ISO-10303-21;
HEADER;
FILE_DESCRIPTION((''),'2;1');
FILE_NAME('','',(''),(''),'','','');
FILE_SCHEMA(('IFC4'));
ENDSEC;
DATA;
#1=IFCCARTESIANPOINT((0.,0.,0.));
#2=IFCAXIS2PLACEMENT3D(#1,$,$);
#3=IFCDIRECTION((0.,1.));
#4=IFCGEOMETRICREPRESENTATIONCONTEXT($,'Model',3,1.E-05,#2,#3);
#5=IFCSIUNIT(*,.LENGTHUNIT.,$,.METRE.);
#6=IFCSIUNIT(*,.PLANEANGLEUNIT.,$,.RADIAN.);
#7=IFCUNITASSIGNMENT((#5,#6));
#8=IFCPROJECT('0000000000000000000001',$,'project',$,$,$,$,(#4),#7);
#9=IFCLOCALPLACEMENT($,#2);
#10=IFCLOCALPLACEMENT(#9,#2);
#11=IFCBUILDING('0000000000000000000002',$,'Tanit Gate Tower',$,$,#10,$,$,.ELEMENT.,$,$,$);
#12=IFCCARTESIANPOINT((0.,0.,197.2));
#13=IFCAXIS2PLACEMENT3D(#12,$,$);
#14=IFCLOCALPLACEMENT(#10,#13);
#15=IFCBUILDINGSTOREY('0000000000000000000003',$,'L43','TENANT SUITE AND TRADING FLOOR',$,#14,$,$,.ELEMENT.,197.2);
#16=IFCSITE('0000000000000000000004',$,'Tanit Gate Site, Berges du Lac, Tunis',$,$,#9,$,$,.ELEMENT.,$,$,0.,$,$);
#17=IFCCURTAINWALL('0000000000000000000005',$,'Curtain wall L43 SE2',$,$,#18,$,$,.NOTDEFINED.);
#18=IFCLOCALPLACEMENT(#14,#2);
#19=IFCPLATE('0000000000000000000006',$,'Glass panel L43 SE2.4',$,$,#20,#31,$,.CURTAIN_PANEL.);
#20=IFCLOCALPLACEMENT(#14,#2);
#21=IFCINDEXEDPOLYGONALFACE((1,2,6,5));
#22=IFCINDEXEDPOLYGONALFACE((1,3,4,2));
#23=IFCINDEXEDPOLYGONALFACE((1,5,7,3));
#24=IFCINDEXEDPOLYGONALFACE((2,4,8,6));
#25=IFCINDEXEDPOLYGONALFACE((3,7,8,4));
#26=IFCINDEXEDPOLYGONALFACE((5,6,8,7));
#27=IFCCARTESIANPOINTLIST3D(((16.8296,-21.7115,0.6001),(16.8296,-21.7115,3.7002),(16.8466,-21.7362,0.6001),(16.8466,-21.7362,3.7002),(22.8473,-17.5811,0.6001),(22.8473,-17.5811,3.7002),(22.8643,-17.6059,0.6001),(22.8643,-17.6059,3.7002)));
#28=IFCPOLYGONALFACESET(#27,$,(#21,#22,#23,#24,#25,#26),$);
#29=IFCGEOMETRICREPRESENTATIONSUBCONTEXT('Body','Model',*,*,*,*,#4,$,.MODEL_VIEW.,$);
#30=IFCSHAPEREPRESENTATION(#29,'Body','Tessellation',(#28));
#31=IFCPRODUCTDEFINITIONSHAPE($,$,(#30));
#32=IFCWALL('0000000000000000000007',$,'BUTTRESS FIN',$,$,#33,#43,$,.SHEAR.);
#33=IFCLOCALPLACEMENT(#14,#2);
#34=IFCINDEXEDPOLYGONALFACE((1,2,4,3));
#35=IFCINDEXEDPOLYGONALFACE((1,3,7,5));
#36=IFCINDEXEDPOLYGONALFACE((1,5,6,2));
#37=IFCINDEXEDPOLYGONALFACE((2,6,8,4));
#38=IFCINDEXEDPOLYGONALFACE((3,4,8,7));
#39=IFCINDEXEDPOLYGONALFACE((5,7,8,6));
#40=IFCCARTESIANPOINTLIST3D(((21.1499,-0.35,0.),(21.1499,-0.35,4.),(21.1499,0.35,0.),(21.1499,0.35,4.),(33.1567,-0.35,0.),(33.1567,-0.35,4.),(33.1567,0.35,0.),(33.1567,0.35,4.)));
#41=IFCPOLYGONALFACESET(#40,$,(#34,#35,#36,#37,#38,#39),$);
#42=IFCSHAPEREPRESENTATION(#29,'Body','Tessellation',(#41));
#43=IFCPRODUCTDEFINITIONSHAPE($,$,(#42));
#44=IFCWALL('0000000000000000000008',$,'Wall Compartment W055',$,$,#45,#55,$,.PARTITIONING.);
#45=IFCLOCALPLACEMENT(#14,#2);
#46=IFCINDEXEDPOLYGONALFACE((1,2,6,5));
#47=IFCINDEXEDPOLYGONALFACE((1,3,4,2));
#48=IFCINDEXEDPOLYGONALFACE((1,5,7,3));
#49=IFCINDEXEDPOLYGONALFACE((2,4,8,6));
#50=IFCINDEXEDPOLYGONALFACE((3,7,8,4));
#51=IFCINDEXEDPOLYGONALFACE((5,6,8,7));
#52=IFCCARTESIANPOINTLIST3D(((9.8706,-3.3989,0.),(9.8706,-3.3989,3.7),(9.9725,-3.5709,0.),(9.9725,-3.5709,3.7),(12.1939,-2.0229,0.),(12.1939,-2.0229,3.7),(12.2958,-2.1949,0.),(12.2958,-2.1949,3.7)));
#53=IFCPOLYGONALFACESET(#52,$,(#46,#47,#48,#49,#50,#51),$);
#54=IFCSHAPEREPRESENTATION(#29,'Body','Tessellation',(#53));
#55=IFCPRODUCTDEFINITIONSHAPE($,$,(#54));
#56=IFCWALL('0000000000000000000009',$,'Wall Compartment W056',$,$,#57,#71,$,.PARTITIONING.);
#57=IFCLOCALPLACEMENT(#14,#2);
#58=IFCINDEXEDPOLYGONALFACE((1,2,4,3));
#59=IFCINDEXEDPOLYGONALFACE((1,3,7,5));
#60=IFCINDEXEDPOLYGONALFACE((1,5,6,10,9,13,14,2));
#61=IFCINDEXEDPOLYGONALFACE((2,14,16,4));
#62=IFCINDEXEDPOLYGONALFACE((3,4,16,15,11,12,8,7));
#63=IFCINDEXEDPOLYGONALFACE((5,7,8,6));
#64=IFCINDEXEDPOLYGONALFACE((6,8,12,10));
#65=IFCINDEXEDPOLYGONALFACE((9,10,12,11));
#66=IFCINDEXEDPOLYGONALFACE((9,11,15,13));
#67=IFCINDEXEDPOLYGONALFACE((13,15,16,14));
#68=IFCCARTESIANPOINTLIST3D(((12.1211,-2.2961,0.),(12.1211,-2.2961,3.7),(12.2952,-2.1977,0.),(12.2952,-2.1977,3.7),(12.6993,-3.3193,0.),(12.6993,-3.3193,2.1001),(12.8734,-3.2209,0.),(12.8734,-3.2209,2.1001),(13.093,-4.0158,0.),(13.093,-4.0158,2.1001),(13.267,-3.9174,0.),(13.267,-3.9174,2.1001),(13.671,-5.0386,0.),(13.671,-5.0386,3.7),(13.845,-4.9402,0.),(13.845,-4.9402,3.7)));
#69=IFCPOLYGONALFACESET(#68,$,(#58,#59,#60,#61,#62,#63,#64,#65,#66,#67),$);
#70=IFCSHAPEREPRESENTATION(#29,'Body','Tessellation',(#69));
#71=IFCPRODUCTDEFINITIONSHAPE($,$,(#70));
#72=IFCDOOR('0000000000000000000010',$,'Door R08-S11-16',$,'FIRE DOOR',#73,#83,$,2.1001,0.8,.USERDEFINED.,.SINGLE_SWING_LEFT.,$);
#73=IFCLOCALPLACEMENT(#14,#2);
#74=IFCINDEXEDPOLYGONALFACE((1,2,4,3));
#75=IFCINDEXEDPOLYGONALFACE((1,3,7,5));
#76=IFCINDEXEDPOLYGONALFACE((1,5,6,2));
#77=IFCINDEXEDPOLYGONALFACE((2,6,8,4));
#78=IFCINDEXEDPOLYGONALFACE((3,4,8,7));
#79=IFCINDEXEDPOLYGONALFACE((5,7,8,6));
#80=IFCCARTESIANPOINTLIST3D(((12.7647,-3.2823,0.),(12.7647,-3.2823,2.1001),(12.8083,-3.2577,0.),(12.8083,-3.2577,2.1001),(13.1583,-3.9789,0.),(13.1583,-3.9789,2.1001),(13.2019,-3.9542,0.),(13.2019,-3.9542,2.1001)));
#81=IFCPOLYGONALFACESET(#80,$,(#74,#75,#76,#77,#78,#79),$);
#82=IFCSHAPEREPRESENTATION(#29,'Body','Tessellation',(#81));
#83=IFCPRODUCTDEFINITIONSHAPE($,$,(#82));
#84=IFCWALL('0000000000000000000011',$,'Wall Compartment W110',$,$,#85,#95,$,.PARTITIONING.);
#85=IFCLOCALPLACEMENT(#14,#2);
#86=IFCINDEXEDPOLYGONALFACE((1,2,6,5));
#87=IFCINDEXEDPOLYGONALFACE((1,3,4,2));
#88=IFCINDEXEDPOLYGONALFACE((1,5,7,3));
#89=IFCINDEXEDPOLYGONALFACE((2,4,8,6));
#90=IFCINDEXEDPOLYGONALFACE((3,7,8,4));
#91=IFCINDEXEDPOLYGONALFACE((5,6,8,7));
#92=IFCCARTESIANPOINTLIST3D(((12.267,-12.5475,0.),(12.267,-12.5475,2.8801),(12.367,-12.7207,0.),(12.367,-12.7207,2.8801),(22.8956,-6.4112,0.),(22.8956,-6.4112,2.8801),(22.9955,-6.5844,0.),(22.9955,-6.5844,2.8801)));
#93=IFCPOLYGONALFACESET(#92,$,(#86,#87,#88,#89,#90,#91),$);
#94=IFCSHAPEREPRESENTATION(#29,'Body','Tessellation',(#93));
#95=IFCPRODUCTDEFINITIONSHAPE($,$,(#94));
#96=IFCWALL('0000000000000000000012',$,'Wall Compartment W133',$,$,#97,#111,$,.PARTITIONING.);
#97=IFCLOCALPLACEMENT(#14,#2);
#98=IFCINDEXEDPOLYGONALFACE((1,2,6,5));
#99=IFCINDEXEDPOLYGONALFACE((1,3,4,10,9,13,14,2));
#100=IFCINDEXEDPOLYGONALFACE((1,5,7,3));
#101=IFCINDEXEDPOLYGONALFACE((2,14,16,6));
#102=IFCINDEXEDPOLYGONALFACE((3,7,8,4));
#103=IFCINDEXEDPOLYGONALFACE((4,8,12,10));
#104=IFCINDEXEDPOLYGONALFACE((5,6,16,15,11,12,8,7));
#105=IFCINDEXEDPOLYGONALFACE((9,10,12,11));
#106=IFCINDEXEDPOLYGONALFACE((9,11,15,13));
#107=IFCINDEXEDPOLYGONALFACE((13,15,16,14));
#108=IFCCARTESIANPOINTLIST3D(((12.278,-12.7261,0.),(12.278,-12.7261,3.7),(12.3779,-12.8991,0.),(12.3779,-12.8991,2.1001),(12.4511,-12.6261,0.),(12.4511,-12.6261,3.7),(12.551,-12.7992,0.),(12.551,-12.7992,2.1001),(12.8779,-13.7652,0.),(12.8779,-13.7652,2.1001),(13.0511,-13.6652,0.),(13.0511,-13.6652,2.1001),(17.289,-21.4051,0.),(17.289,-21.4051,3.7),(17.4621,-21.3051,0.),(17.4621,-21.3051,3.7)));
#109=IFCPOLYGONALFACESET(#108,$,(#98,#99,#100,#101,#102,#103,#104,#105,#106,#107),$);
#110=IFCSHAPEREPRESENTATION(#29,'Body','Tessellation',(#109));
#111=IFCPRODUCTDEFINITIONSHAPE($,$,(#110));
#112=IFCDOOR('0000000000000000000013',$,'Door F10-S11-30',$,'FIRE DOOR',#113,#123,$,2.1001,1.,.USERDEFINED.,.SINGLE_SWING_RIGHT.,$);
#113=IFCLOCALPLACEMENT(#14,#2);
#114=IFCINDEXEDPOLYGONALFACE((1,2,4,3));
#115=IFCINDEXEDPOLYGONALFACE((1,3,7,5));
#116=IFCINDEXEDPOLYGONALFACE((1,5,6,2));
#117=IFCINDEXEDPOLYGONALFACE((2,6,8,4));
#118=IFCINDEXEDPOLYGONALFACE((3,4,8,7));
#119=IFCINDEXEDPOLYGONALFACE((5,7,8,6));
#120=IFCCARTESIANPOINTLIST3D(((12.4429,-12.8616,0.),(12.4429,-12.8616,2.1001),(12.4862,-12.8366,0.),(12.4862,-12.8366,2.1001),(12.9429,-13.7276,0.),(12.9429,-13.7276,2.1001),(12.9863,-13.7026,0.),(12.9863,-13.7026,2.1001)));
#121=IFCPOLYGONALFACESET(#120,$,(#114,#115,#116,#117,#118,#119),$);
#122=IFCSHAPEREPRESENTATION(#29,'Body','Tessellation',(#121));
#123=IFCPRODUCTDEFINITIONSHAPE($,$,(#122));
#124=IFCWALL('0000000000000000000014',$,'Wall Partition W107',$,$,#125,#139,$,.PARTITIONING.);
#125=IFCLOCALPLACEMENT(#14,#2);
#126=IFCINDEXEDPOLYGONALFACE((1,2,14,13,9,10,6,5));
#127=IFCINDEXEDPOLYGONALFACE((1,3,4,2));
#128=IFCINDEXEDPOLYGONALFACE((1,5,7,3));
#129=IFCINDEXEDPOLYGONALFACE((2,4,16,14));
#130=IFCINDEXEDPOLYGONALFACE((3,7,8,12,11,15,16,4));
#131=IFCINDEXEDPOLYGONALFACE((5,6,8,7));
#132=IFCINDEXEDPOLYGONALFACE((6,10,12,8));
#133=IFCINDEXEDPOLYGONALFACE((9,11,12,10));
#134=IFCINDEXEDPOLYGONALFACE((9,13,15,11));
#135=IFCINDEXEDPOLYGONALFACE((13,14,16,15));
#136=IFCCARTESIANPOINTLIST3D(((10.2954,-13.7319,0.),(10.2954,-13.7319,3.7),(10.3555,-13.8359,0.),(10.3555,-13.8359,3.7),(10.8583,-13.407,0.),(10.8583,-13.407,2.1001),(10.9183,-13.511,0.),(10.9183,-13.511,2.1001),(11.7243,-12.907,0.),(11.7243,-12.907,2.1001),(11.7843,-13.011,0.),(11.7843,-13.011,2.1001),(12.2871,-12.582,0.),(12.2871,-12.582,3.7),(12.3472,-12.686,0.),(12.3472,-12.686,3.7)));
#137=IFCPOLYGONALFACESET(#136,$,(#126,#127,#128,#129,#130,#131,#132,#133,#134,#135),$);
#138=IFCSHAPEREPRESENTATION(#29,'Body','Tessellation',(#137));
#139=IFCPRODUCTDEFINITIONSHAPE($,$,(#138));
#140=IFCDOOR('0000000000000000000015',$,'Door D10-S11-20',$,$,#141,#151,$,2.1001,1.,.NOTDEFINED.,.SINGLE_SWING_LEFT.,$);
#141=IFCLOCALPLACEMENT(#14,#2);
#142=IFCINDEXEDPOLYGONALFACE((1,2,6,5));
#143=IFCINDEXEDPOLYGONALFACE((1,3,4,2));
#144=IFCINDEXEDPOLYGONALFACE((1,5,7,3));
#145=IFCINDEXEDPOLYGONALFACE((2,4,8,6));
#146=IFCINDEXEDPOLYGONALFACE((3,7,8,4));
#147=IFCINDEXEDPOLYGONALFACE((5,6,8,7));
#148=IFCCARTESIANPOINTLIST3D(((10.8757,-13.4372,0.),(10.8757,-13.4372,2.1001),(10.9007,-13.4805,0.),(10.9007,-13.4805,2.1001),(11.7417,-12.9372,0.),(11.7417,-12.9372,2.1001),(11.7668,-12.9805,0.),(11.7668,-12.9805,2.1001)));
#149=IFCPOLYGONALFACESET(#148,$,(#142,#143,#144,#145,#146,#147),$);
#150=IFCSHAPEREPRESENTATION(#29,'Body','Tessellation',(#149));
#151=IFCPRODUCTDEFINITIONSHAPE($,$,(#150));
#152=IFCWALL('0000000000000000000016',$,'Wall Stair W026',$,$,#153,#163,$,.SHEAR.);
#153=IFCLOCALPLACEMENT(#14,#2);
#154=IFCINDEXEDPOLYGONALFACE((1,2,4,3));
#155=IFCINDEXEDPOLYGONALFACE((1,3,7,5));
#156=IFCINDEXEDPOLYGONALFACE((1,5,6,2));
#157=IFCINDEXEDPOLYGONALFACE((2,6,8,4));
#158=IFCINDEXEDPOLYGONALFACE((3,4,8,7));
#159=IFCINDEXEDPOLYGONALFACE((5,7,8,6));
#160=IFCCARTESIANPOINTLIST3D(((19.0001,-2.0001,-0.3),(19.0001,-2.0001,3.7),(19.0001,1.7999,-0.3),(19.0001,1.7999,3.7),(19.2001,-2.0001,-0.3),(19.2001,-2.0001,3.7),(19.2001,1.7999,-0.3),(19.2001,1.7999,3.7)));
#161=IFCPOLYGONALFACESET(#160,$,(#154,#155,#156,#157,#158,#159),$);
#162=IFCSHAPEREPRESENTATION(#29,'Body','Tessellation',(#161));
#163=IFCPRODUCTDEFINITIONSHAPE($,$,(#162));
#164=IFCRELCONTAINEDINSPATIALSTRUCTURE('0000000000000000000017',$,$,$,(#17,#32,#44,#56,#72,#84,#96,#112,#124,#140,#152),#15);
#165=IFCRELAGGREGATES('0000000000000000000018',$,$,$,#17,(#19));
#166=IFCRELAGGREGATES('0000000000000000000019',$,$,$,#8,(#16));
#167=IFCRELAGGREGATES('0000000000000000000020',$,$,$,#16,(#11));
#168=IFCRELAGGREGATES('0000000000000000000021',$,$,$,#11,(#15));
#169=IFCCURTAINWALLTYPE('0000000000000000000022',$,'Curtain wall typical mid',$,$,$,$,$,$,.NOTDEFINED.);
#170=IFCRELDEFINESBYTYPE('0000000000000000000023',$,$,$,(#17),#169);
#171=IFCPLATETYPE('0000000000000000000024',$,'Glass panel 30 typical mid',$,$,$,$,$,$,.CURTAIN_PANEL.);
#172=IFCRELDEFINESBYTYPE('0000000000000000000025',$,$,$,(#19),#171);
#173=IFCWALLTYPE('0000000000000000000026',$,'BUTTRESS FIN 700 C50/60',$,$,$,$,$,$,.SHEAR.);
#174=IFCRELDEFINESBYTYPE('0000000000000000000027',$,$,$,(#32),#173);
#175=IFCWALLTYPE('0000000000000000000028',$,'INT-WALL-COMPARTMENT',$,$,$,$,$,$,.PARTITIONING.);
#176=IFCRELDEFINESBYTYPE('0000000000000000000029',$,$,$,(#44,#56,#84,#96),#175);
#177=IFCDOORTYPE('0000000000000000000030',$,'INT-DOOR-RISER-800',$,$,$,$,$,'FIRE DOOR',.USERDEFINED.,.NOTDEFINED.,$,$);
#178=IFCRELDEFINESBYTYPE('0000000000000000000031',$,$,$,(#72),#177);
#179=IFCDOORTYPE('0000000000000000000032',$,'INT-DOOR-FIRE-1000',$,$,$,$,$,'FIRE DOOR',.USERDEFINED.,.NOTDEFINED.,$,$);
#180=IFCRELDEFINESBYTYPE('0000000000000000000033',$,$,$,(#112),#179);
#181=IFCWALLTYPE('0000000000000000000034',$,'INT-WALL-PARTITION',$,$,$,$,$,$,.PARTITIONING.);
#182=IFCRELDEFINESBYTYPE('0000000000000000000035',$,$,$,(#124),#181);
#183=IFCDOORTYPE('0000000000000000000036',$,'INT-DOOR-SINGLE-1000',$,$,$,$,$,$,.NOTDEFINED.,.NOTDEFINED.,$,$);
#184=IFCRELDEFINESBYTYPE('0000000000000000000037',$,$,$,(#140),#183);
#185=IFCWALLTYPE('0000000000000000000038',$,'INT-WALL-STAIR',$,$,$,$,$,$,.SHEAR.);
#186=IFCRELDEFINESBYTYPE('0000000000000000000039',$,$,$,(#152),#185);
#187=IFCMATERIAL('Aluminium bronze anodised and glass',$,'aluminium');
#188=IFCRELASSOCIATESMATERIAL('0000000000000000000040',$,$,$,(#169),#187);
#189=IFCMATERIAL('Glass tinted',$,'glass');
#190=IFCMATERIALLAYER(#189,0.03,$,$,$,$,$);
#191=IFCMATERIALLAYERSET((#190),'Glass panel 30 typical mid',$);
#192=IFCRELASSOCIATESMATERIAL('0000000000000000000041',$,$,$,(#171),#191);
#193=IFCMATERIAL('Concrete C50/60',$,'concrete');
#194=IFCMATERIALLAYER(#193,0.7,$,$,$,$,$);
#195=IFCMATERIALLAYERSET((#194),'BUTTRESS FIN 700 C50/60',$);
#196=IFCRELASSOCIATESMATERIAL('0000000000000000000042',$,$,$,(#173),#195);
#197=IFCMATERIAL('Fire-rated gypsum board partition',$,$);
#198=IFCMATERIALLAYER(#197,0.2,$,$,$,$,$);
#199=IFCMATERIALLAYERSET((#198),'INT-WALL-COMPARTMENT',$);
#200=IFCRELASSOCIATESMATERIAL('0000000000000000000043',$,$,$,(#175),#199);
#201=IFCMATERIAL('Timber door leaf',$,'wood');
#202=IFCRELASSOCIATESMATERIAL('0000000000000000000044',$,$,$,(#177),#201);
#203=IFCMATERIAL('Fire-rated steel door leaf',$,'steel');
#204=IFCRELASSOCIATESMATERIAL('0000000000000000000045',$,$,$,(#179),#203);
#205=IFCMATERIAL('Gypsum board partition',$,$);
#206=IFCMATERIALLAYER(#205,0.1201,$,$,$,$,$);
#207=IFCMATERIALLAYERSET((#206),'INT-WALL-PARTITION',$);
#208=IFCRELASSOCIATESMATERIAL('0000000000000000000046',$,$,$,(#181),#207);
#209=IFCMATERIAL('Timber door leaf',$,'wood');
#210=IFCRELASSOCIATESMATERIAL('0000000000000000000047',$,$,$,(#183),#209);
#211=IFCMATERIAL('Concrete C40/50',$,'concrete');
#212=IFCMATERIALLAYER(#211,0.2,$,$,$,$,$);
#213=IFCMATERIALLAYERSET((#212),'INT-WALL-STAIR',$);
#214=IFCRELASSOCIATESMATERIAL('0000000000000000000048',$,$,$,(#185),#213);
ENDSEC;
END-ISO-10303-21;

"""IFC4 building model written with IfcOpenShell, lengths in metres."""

from ifc_helpers import new_model, si_unit, direction, frame, frame_2d, origin, origin_2d, place, context, subcontext, project, spatial, rectangle, extrude, material, layer, layer_set, type_object, element, fill, aggregate, save


model = new_model("IFC4")

# Units and contexts
model_context = context("Model", 3, precision=1e-05, world=origin(), true_north=direction((0.0, 1.0)))
body_context = subcontext(model_context, "Body", "Model", "MODEL_VIEW")
ifc_project = project(units=[si_unit("LENGTHUNIT", "METRE"), si_unit("PLANEANGLEUNIT", "RADIAN")], contexts=[model_context])

# Site, building, storey
site_placement = place(None, origin())
site = spatial("IfcSite", under=ifc_project, at=site_placement, Name="Tanit Gate Site, Berges du Lac, Tunis", CompositionType="ELEMENT", RefElevation=0.0)
building_placement = place(site_placement, origin())
building = spatial("IfcBuilding", under=site, at=building_placement, Name="Tanit Gate Tower", CompositionType="ELEMENT")
storey_placement = place(building_placement, frame((0.0, 0.0, 197.2)))
storey = spatial("IfcBuildingStorey", under=building, at=storey_placement, Name="L43", Description="TENANT SUITE AND TRADING FLOOR", CompositionType="ELEMENT", Elevation=197.2)

# Curtain wall
ifc_material_1 = material(Name="Aluminium bronze anodised and glass", Category="aluminium")
curtain_wall_type = type_object("IfcCurtainWallType", Name="Curtain wall typical mid", PredefinedType="NOTDEFINED", material=ifc_material_1)
curtain_wall_placement = place(storey_placement, origin())
curtain_wall = element("IfcCurtainWall", 1, at=curtain_wall_placement, inside=storey, type_object=curtain_wall_type, Name="Curtain wall L43 SE2", PredefinedType="NOTDEFINED")

# Plate
ifc_material_2 = material(Name="Glass tinted", Category="glass")
ifc_layer_1 = layer(ifc_material_2, 0.03)
ifc_layer_set_1 = layer_set([ifc_layer_1], Name="Glass panel 30 typical mid")
plate_type = type_object("IfcPlateType", Name="Glass panel 30 typical mid", PredefinedType="CURTAIN_PANEL", material=ifc_layer_set_1)
plate_1_placement = place(storey_placement, frame((19.8469, -19.6587, 0.6001), z_axis=(0.0, 0.0, 1.0), x_axis=(0.824479, 0.565893, 0.0)))
plate_1 = element("IfcPlate", 2, at=plate_1_placement, type_object=plate_type, Name="Glass panel L43 SE2.4", PredefinedType="CURTAIN_PANEL", context=body_context, shape_type="SweptSolid", body=[
    extrude(rectangle(XDim=7.2988, YDim=0.03, at=origin_2d()), origin(), (0.0, 0.0, 1.0), 3.1001),
])
aggregate(curtain_wall, [plate_1])

# Walls
ifc_material_3 = material(Name="Concrete C50/60", Category="concrete")
ifc_layer_2 = layer(ifc_material_3, 0.7)
ifc_layer_set_2 = layer_set([ifc_layer_2], Name="BUTTRESS FIN 700 C50/60")
wall_type_1 = type_object("IfcWallType", Name="BUTTRESS FIN 700 C50/60", PredefinedType="SHEAR", material=ifc_layer_set_2)
wall_1_placement = place(storey_placement, frame((21.1499, 0.0, 0.0), z_axis=(0.0, 0.0, 1.0), x_axis=(1.0, 0.0, 0.0)))
element("IfcWall", 3, at=wall_1_placement, inside=storey, type_object=wall_type_1, Name="BUTTRESS FIN", PredefinedType="SHEAR", context=body_context, shape_type="SweptSolid", body=[
    extrude(rectangle(XDim=12.0068, YDim=0.7, at=frame_2d((6.0034, 0.0))), origin(), (0.0, 0.0, 1.0), 4.0),
])
ifc_material_4 = material(Name="Fire-rated gypsum board partition")
ifc_layer_3 = layer(ifc_material_4, 0.2)
ifc_layer_set_3 = layer_set([ifc_layer_3], Name="INT-WALL-COMPARTMENT")
wall_type_2 = type_object("IfcWallType", Name="INT-WALL-COMPARTMENT", PredefinedType="PARTITIONING", material=ifc_layer_set_3)
wall_2_placement = place(storey_placement, frame((12.2449, -2.1089, 0.0), z_axis=(0.0, 0.0, 1.0), x_axis=(-0.860415, -0.509594, 0.0)))
element("IfcWall", 4, at=wall_2_placement, inside=storey, type_object=wall_type_2, Name="Wall Compartment W055", PredefinedType="PARTITIONING", context=body_context, shape_type="SweptSolid", body=[
    extrude(rectangle(XDim=2.7002, YDim=0.2, at=frame_2d((1.3501, 0.0))), origin(), (0.0, 0.0, 1.0), 3.7),
])

# Wall, opening, door
wall_3_placement = place(storey_placement, frame((13.7581, -4.9895, 0.0), z_axis=(0.0, 0.0, 1.0), x_axis=(-0.491993, 0.870599, 0.0)))
wall_3 = element("IfcWall", 5, at=wall_3_placement, inside=storey, type_object=wall_type_2, Name="Wall Compartment W056", PredefinedType="PARTITIONING", context=body_context, shape_type="SweptSolid", body=[
    extrude(rectangle(XDim=3.1501, YDim=0.2, at=frame_2d((1.5752, 0.0))), origin(), (0.0, 0.0, 1.0), 3.7),
])
opening_1_placement = place(wall_3_placement, frame((1.175, 0.0, 0.0)))
opening_1 = element("IfcOpeningElement", 6, at=opening_1_placement, cuts=wall_3, PredefinedType="OPENING", context=body_context, shape_type="SweptSolid", body=[
    extrude(rectangle(XDim=0.8, YDim=2.1001, at=frame_2d((0.3999, 1.05))), frame((0.0, 0.1099, 0.0), z_axis=(0.0, -1.0, 0.0), x_axis=(1.0, 0.0, 0.0)), (0.0, 0.0, 1.0), 0.22),
])
ifc_material_5 = material(Name="Timber door leaf", Category="wood")
door_type_1 = type_object("IfcDoorType", Name="INT-DOOR-RISER-800", ElementType="FIRE DOOR", OperationType="NOTDEFINED", PredefinedType="USERDEFINED", material=ifc_material_5)
door_1_placement = place(opening_1_placement, origin())
door_1 = element("IfcDoor", 7, at=door_1_placement, inside=storey, type_object=door_type_1, Name="Door R08-S11-16", ObjectType="FIRE DOOR", OperationType="SINGLE_SWING_LEFT", OverallHeight=2.1001, OverallWidth=0.8, PredefinedType="USERDEFINED", context=body_context, shape_type="SweptSolid", body=[
    extrude(rectangle(XDim=0.8, YDim=2.1001, at=frame_2d((0.3999, 1.05))), frame((0.0, 0.0249, 0.0), z_axis=(0.0, -1.0, 0.0), x_axis=(1.0, 0.0, 0.0)), (0.0, 0.0, 1.0), 0.05),
])
fill(opening_1, door_1)

# Wall
wall_4_placement = place(storey_placement, frame((12.3171, -12.634, 0.0), z_axis=(0.0, 0.0, 1.0), x_axis=(0.866029, 0.499995, 0.0)))
element("IfcWall", 8, at=wall_4_placement, inside=storey, type_object=wall_type_2, Name="Wall Compartment W110", PredefinedType="PARTITIONING", context=body_context, shape_type="SweptSolid", body=[
    extrude(rectangle(XDim=12.2727, YDim=0.2, at=frame_2d((6.1362, 0.0))), origin(), (0.0, 0.0, 1.0), 2.8801),
])

# Walls, openings, doors
wall_5_placement = place(storey_placement, frame((17.3755, -21.355, 0.0), z_axis=(0.0, 0.0, 1.0), x_axis=(-0.500014, 0.866017, 0.0)))
wall_5 = element("IfcWall", 9, at=wall_5_placement, inside=storey, type_object=wall_type_2, Name="Wall Compartment W133", PredefinedType="PARTITIONING", context=body_context, shape_type="SweptSolid", body=[
    extrude(rectangle(XDim=10.0217, YDim=0.2, at=frame_2d((5.0107, 0.0))), origin(), (0.0, 0.0, 1.0), 3.7),
])
opening_2_placement = place(wall_5_placement, frame((8.8218, 0.0, 0.0)))
opening_2 = element("IfcOpeningElement", 10, at=opening_2_placement, cuts=wall_5, PredefinedType="OPENING", context=body_context, shape_type="SweptSolid", body=[
    extrude(rectangle(XDim=1.0, YDim=2.1001, at=frame_2d((0.5, 1.05))), frame((0.0, 0.1099, 0.0), z_axis=(0.0, -1.0, 0.0), x_axis=(1.0, 0.0, 0.0)), (0.0, 0.0, 1.0), 0.22),
])
ifc_material_6 = material(Name="Fire-rated steel door leaf", Category="steel")
door_type_2 = type_object("IfcDoorType", Name="INT-DOOR-FIRE-1000", ElementType="FIRE DOOR", OperationType="NOTDEFINED", PredefinedType="USERDEFINED", material=ifc_material_6)
door_2_placement = place(opening_2_placement, origin())
door_2 = element("IfcDoor", 11, at=door_2_placement, inside=storey, type_object=door_type_2, Name="Door F10-S11-30", ObjectType="FIRE DOOR", OperationType="SINGLE_SWING_RIGHT", OverallHeight=2.1001, OverallWidth=1.0, PredefinedType="USERDEFINED", context=body_context, shape_type="SweptSolid", body=[
    extrude(rectangle(XDim=1.0, YDim=2.1001, at=frame_2d((0.5, 1.05))), frame((0.0, 0.0249, 0.0), z_axis=(0.0, -1.0, 0.0), x_axis=(1.0, 0.0, 0.0)), (0.0, 0.0, 1.0), 0.05),
])
fill(opening_2, door_2)
ifc_material_7 = material(Name="Gypsum board partition")
ifc_layer_4 = layer(ifc_material_7, 0.1201)
ifc_layer_set_4 = layer_set([ifc_layer_4], Name="INT-WALL-PARTITION")
wall_type_3 = type_object("IfcWallType", Name="INT-WALL-PARTITION", PredefinedType="PARTITIONING", material=ifc_layer_set_4)
wall_6_placement = place(storey_placement, frame((12.3171, -12.634, 0.0), z_axis=(0.0, 0.0, 1.0), x_axis=(-0.866026, -0.499998, 0.0)))
wall_6 = element("IfcWall", 12, at=wall_6_placement, inside=storey, type_object=wall_type_3, Name="Wall Partition W107", PredefinedType="PARTITIONING", context=body_context, shape_type="SweptSolid", body=[
    extrude(rectangle(XDim=2.2998, YDim=0.1201, at=frame_2d((1.1499, 0.0))), origin(), (0.0, 0.0, 1.0), 3.7),
])
opening_3_placement = place(wall_6_placement, frame((0.6499, 0.0, 0.0)))
opening_3 = element("IfcOpeningElement", 13, at=opening_3_placement, cuts=wall_6, PredefinedType="OPENING", context=body_context, shape_type="SweptSolid", body=[
    extrude(rectangle(XDim=1.0, YDim=2.1001, at=frame_2d((0.5, 1.05))), frame((0.0, 0.0701, 0.0), z_axis=(0.0, -1.0, 0.0), x_axis=(1.0, 0.0, 0.0)), (0.0, 0.0, 1.0), 0.1401),
])
ifc_material_8 = material(Name="Timber door leaf", Category="wood")
door_type_3 = type_object("IfcDoorType", Name="INT-DOOR-SINGLE-1000", OperationType="NOTDEFINED", PredefinedType="NOTDEFINED", material=ifc_material_8)
door_3_placement = place(opening_3_placement, origin())
door_3 = element("IfcDoor", 14, at=door_3_placement, inside=storey, type_object=door_type_3, Name="Door D10-S11-20", OperationType="SINGLE_SWING_LEFT", OverallHeight=2.1001, OverallWidth=1.0, PredefinedType="NOTDEFINED", context=body_context, shape_type="SweptSolid", body=[
    extrude(rectangle(XDim=1.0, YDim=2.1001, at=frame_2d((0.5, 1.05))), frame((0.0, 0.0249, 0.0), z_axis=(0.0, -1.0, 0.0), x_axis=(1.0, 0.0, 0.0)), (0.0, 0.0, 1.0), 0.05),
])
fill(opening_3, door_3)

# Wall
ifc_material_9 = material(Name="Concrete C40/50", Category="concrete")
ifc_layer_5 = layer(ifc_material_9, 0.2)
ifc_layer_set_5 = layer_set([ifc_layer_5], Name="INT-WALL-STAIR")
wall_type_4 = type_object("IfcWallType", Name="INT-WALL-STAIR", PredefinedType="SHEAR", material=ifc_layer_set_5)
wall_7_placement = place(storey_placement, frame((19.1001, -2.0, -0.3), z_axis=(0.0, 0.0, 1.0), x_axis=(0.0, 1.0, 0.0)))
element("IfcWall", 15, at=wall_7_placement, inside=storey, type_object=wall_type_4, Name="Wall Stair W026", PredefinedType="SHEAR", context=body_context, shape_type="SweptSolid", body=[
    extrude(rectangle(XDim=3.8, YDim=0.2, at=frame_2d((1.8999, 0.0))), origin(), (0.0, 0.0, 1.0), 4.0),
])

save(model, "model.ifc")
